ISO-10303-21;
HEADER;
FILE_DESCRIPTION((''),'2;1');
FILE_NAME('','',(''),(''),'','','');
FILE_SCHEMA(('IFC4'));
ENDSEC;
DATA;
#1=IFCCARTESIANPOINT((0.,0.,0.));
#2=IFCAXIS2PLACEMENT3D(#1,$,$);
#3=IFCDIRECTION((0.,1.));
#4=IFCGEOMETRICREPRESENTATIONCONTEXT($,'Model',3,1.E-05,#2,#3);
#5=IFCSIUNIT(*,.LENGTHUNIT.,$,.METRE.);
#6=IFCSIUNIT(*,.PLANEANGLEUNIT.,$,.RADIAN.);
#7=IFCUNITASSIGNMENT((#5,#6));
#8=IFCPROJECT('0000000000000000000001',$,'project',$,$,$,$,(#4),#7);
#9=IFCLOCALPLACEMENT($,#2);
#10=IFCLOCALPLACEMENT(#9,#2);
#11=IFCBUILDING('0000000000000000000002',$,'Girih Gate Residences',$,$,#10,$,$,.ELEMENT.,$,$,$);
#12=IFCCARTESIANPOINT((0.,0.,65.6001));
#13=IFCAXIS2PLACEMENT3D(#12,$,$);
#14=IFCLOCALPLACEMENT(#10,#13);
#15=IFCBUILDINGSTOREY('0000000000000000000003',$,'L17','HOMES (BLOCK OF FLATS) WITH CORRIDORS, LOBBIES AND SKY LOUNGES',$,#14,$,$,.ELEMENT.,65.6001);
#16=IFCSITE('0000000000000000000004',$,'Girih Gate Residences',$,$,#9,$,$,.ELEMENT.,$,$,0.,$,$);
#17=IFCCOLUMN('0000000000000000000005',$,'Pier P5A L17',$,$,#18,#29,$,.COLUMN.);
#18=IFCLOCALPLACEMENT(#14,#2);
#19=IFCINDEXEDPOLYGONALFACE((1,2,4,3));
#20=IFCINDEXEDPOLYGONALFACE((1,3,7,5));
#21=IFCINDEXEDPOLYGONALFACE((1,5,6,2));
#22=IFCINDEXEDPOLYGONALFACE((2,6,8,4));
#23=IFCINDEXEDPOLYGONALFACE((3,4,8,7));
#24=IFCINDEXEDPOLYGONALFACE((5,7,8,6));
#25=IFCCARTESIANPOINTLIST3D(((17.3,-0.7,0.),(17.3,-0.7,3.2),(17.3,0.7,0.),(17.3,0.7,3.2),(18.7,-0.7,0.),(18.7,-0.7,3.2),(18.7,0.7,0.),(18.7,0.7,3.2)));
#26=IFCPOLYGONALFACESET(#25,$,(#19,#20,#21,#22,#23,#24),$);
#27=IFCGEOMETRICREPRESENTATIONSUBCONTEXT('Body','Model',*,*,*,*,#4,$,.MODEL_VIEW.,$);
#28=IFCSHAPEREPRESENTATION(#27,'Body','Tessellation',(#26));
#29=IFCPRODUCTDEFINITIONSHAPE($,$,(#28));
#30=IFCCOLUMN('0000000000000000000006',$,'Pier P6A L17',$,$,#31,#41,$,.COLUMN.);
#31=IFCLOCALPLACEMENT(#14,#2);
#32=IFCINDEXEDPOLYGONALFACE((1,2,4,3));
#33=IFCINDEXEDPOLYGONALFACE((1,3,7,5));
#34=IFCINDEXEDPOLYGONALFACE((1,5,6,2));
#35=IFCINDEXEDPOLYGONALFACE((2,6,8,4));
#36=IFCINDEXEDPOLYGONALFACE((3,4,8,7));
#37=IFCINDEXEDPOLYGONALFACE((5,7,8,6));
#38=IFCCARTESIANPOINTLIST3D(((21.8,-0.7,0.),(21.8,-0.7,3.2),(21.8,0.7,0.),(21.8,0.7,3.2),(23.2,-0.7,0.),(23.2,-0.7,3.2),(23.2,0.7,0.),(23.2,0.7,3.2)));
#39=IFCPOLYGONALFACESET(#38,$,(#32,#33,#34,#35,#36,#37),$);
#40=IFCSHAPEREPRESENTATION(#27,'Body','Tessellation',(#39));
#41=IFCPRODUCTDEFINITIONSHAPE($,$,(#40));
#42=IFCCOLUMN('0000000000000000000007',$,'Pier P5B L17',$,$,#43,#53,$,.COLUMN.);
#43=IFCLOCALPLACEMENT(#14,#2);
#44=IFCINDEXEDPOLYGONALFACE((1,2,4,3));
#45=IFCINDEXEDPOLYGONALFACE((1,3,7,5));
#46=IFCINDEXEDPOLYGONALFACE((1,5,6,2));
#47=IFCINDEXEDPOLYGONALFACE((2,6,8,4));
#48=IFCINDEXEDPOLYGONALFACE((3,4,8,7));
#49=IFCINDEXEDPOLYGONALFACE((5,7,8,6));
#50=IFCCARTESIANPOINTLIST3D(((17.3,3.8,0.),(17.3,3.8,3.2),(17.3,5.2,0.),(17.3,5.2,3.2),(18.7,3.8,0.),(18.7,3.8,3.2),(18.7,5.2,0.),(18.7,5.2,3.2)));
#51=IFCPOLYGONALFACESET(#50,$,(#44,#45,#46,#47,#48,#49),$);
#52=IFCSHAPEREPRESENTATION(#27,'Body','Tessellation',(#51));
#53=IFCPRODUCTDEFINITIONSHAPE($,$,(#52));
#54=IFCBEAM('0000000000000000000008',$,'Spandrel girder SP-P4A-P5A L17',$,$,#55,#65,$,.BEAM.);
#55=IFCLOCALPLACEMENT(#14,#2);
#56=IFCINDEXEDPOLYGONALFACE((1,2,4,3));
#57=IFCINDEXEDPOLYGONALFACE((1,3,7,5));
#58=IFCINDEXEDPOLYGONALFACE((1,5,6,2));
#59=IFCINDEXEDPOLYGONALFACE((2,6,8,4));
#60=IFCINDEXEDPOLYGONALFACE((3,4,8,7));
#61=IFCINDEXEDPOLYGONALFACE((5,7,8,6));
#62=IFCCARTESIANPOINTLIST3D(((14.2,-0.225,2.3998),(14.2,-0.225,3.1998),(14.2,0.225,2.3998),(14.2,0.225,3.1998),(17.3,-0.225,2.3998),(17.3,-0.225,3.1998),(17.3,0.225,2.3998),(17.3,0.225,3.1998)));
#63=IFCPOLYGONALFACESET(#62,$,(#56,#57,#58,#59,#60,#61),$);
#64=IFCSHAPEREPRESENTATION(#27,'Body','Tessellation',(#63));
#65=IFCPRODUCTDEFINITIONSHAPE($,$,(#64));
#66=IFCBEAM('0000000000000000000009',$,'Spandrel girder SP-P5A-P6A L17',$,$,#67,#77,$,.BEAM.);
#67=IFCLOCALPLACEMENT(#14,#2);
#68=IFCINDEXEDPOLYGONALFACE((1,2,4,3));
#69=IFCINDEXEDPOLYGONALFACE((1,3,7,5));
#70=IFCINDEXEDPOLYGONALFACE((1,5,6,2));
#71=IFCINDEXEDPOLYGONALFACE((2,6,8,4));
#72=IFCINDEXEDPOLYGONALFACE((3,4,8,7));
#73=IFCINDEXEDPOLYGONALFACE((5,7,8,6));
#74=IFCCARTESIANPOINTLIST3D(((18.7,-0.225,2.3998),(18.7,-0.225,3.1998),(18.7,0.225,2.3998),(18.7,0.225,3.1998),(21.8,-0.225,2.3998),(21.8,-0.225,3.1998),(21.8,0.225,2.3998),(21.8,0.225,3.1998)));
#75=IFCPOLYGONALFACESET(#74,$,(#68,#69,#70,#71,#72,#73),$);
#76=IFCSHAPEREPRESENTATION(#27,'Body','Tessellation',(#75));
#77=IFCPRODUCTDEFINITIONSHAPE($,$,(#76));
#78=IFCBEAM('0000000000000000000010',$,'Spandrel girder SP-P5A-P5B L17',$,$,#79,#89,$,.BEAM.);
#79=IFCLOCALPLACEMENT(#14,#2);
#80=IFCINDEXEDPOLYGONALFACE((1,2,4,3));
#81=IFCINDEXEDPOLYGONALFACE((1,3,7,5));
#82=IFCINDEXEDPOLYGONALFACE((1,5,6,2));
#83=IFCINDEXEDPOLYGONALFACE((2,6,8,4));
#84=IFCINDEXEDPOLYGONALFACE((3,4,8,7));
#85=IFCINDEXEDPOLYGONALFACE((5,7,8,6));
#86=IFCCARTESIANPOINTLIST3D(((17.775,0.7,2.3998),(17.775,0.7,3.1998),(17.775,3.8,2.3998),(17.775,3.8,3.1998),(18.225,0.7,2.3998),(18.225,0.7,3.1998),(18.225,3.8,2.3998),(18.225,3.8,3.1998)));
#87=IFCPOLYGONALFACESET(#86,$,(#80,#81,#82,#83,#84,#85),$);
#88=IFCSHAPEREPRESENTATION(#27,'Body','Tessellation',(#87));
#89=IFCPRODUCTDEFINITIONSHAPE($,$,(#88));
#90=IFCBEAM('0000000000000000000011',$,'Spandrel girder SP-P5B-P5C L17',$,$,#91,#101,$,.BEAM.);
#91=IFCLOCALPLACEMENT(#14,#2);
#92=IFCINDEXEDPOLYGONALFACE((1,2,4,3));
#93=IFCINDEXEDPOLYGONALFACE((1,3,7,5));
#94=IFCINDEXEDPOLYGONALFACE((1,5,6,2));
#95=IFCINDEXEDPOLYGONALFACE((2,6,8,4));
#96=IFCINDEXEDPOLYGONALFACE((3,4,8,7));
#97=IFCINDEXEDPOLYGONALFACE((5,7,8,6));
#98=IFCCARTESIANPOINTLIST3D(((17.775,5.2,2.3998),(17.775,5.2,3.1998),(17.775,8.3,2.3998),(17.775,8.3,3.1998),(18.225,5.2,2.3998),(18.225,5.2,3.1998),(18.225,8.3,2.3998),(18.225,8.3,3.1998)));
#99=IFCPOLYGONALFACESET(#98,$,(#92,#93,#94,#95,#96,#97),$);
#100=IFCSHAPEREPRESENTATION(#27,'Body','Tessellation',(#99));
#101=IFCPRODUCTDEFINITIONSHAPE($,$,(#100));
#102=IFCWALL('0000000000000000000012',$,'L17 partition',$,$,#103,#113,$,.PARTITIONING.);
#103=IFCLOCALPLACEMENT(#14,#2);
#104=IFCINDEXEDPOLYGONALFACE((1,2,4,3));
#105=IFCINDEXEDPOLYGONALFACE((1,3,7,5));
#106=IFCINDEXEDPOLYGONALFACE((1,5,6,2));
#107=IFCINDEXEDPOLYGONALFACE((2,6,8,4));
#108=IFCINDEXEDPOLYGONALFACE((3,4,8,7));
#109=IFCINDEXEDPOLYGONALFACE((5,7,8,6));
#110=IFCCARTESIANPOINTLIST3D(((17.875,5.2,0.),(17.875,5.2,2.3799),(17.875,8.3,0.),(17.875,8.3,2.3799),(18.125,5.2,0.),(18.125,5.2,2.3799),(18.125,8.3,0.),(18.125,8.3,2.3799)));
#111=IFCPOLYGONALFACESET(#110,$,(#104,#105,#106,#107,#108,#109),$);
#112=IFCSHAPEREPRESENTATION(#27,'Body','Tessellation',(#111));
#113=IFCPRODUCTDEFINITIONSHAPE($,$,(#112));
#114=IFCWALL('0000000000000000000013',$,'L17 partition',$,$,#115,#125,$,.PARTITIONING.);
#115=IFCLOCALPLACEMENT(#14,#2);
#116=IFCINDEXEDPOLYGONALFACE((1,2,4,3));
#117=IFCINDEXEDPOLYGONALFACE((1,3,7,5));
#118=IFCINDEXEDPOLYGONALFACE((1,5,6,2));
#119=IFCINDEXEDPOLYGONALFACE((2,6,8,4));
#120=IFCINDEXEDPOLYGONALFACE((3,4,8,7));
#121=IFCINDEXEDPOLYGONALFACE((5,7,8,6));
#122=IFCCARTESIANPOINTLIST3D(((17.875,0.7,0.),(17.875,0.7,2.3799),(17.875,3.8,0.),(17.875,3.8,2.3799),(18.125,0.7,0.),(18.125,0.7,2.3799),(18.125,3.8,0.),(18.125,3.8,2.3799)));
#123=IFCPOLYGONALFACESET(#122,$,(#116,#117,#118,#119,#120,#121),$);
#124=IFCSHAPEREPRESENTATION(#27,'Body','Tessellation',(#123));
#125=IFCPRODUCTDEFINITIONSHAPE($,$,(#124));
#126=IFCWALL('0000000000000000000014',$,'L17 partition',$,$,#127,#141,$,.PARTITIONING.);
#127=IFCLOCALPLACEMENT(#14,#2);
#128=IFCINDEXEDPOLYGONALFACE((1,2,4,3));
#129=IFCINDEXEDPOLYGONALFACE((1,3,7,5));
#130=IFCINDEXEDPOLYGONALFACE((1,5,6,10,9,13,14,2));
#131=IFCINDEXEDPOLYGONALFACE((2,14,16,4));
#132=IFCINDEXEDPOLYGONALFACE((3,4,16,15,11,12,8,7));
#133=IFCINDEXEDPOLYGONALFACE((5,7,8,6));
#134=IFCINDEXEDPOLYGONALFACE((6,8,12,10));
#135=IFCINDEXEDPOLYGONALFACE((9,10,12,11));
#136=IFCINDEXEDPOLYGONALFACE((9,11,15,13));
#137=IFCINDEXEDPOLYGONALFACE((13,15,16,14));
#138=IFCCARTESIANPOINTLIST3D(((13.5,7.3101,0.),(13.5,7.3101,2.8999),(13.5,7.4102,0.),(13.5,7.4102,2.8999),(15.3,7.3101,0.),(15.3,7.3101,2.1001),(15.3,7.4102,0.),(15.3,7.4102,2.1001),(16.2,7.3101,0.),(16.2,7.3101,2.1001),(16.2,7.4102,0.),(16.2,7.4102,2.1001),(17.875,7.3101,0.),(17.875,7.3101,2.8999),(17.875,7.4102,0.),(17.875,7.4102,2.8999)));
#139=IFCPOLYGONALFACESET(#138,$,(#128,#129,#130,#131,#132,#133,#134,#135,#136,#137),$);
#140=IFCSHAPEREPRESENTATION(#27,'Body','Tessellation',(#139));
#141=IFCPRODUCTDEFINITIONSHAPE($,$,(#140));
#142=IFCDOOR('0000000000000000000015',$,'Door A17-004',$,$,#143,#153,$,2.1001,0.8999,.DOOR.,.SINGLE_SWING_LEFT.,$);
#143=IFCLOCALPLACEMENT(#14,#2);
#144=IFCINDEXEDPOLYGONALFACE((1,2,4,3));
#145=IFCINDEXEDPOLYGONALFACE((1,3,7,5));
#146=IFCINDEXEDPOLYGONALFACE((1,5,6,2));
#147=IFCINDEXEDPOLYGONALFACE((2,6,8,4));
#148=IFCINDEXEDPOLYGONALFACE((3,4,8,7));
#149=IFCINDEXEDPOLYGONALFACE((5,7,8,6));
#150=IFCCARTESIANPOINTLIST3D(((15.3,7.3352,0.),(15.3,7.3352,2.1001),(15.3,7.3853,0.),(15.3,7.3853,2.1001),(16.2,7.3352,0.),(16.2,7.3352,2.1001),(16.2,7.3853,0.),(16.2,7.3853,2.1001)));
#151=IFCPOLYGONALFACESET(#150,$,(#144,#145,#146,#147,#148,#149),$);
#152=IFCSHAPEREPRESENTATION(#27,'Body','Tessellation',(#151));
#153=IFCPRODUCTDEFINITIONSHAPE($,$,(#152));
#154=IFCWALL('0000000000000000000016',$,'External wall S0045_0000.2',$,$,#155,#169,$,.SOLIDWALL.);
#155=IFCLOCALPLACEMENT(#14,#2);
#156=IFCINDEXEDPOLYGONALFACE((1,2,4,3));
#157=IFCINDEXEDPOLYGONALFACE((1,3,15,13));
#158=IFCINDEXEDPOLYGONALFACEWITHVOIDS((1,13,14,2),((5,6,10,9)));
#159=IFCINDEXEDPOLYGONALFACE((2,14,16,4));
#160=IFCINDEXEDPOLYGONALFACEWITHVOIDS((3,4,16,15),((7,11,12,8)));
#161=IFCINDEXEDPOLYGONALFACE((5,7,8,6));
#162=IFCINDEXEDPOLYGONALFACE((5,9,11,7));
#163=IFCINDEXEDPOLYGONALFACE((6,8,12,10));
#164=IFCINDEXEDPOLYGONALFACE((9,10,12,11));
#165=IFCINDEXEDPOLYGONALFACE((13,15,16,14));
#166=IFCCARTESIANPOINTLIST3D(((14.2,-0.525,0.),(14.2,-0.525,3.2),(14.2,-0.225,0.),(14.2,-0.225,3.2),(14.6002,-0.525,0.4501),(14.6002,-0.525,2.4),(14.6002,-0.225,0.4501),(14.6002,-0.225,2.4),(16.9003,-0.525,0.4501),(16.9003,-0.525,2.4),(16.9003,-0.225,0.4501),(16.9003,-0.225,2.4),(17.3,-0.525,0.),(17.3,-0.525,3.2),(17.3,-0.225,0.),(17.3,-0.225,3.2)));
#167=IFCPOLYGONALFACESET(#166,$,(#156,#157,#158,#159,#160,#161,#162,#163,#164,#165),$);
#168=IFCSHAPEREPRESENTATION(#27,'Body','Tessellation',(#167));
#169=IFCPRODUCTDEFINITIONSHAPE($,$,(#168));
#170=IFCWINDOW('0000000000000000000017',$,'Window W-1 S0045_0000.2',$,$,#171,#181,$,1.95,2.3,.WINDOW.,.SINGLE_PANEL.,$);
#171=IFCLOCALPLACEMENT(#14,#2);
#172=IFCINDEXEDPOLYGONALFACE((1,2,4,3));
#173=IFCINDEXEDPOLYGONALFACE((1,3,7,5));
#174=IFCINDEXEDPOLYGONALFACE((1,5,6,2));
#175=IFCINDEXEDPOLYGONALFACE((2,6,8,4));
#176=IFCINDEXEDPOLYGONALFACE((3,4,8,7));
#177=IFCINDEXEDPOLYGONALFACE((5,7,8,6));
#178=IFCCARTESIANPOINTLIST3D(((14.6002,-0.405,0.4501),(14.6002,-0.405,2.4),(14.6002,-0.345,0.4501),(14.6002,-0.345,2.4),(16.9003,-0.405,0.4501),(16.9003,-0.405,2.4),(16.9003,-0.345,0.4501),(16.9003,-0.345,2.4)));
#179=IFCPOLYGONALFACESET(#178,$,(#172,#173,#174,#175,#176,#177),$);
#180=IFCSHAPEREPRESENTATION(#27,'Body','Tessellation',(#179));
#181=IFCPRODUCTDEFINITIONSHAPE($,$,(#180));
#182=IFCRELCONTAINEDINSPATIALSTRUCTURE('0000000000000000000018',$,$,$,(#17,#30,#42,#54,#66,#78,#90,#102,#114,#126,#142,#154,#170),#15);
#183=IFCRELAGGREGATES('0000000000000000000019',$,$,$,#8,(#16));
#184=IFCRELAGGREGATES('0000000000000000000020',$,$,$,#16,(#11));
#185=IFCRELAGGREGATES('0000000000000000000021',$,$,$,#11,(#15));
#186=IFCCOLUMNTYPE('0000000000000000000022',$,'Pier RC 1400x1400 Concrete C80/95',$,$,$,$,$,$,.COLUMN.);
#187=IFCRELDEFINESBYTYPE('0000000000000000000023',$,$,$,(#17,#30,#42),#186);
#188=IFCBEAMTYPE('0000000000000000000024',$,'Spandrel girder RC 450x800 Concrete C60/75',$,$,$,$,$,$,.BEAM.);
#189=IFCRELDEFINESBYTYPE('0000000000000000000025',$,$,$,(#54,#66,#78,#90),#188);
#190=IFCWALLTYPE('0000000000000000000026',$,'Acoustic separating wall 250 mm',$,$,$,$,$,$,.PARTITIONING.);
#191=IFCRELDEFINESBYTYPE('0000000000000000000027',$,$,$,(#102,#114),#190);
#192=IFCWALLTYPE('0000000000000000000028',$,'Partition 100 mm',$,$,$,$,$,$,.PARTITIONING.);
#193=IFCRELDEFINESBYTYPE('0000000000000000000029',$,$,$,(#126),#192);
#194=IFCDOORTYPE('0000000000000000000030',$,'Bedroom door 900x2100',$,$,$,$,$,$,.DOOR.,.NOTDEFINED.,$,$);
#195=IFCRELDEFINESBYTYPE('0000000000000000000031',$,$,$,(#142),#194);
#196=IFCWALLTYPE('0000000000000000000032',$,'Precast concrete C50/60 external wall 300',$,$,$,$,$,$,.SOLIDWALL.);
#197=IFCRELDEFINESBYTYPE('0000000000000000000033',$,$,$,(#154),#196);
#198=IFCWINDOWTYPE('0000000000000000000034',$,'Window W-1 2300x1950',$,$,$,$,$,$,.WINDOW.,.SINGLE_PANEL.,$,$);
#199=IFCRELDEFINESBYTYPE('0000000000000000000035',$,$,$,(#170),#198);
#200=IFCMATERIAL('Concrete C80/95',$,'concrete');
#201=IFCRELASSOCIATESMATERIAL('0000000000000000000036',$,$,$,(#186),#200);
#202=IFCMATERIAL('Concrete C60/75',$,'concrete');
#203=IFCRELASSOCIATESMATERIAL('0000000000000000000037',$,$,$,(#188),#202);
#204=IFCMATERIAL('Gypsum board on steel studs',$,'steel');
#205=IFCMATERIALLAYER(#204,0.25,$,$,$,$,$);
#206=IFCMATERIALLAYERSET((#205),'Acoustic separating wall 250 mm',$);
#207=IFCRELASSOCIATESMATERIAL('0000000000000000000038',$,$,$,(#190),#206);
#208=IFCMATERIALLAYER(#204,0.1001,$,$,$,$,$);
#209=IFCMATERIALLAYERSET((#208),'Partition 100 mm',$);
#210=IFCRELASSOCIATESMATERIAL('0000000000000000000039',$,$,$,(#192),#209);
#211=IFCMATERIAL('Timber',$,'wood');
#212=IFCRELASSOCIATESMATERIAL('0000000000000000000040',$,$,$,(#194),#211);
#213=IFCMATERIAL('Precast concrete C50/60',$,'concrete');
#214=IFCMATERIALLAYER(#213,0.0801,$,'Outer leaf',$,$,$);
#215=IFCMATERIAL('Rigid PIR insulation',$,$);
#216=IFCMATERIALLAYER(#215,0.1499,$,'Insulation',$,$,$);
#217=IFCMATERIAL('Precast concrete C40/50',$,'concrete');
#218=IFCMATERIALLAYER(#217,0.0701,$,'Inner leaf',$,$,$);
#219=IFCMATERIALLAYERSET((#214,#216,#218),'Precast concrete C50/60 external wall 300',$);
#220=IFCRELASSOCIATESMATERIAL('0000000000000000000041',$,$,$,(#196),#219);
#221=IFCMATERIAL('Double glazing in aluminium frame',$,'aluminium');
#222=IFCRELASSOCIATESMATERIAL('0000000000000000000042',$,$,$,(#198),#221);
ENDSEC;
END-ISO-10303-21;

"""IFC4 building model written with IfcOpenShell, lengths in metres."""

from ifc_helpers import new_model, si_unit, direction, frame, frame_2d, origin, origin_2d, place, context, subcontext, project, spatial, rectangle, extrude, material, layer, layer_set, material_profile, profile_set, type_object, element, fill, save


model = new_model("IFC4")

# Units and contexts
model_context = context("Model", 3, precision=1e-05, world=origin(), true_north=direction((0.0, 1.0)))
body_context = subcontext(model_context, "Body", "Model", "MODEL_VIEW")
ifc_project = project(units=[si_unit("LENGTHUNIT", "METRE"), si_unit("PLANEANGLEUNIT", "RADIAN")], contexts=[model_context])

# Site, building, storey
site_placement = place(None, origin())
site = spatial("IfcSite", under=ifc_project, at=site_placement, Name="Girih Gate Residences", CompositionType="ELEMENT", RefElevation=0.0)
building_placement = place(site_placement, origin())
building = spatial("IfcBuilding", under=site, at=building_placement, Name="Girih Gate Residences", CompositionType="ELEMENT")
storey_placement = place(building_placement, frame((0.0, 0.0, 65.6001)))
storey = spatial("IfcBuildingStorey", under=building, at=storey_placement, Name="L17", Description="HOMES (BLOCK OF FLATS) WITH CORRIDORS, LOBBIES AND SKY LOUNGES", CompositionType="ELEMENT", Elevation=65.6001)

# Columns
ifc_material_1 = material(Name="Concrete C80/95", Category="concrete")
ifc_material_profile_1 = material_profile(ifc_material_1, rectangle(XDim=1.3999, YDim=1.3999, at=origin_2d()))
ifc_profile_set_1 = profile_set([ifc_material_profile_1], Name="Concrete C80/95")
column_type = type_object("IfcColumnType", Name="Pier RC 1400x1400 Concrete C80/95", PredefinedType="COLUMN", material=ifc_profile_set_1)
for number, where, z_axis, x_axis, name in (
    (1, (18.0, 0.0, 0.0), (0.0, 0.0, 1.0), (1.0, 0.0, 0.0), "Pier P5A L17"),
    (2, (22.5, 0.0, 0.0), (0.0, 0.0, 1.0), (1.0, 0.0, 0.0), "Pier P6A L17"),
    (3, (18.0, 4.5, 0.0), (0.0, 0.0, 1.0), (1.0, 0.0, 0.0), "Pier P5B L17"),
):
    element("IfcColumn", number, at=place(storey_placement, frame(where, z_axis=z_axis, x_axis=x_axis)), inside=storey, type_object=column_type, Name=name, PredefinedType="COLUMN", context=body_context, shape_type="SweptSolid", body=[
        extrude(rectangle(XDim=1.3999, YDim=1.3999, at=origin_2d()), origin(), (0.0, 0.0, 1.0), 3.2),
    ])

# Beams
ifc_material_2 = material(Name="Concrete C60/75", Category="concrete")
ifc_material_profile_2 = material_profile(ifc_material_2, rectangle(XDim=0.45, YDim=0.8, at=origin_2d()))
ifc_profile_set_2 = profile_set([ifc_material_profile_2], Name="Concrete C60/75")
beam_type = type_object("IfcBeamType", Name="Spandrel girder RC 450x800 Concrete C60/75", PredefinedType="BEAM", material=ifc_profile_set_2)
for number, where, z_axis, x_axis, name in (
    (4, (14.2, 0.0, 2.7998), (1.0, 0.0, 0.0), (0.0, 1.0, 0.0), "Spandrel girder SP-P4A-P5A L17"),
    (5, (18.7, 0.0, 2.7998), (1.0, 0.0, 0.0), (0.0, 1.0, 0.0), "Spandrel girder SP-P5A-P6A L17"),
    (6, (18.0, 0.7, 2.7998), (0.0, 1.0, 0.0), (-1.0, 0.0, 0.0), "Spandrel girder SP-P5A-P5B L17"),
    (7, (18.0, 5.2, 2.7998), (0.0, 1.0, 0.0), (-1.0, 0.0, 0.0), "Spandrel girder SP-P5B-P5C L17"),
):
    element("IfcBeam", number, at=place(storey_placement, frame(where, z_axis=z_axis, x_axis=x_axis)), inside=storey, type_object=beam_type, Name=name, PredefinedType="BEAM", context=body_context, shape_type="SweptSolid", body=[
        extrude(rectangle(XDim=0.45, YDim=0.8, at=origin_2d()), origin(), (0.0, 0.0, 1.0), 3.1001),
    ])

# Walls
ifc_material_3 = material(Name="Gypsum board on steel studs", Category="steel")
ifc_layer_1 = layer(ifc_material_3, 0.25)
ifc_layer_set_1 = layer_set([ifc_layer_1], Name="Acoustic separating wall 250 mm")
wall_type_1 = type_object("IfcWallType", Name="Acoustic separating wall 250 mm", PredefinedType="PARTITIONING", material=ifc_layer_set_1)
for number, where, z_axis, x_axis, name in (
    (8, (18.0, 5.2, 0.0), (0.0, 0.0, 1.0), (0.0, 1.0, 0.0), "L17 partition"),
    (9, (18.0, 0.7, 0.0), (0.0, 0.0, 1.0), (0.0, 1.0, 0.0), "L17 partition"),
):
    element("IfcWall", number, at=place(storey_placement, frame(where, z_axis=z_axis, x_axis=x_axis)), inside=storey, type_object=wall_type_1, Name=name, PredefinedType="PARTITIONING", context=body_context, shape_type="SweptSolid", body=[
        extrude(rectangle(XDim=3.1001, YDim=0.25, at=frame_2d((1.55, 0.0))), origin(), (0.0, 0.0, 1.0), 2.3799),
    ])

# Wall, opening, door
ifc_layer_2 = layer(ifc_material_3, 0.1001)
ifc_layer_set_2 = layer_set([ifc_layer_2], Name="Partition 100 mm")
wall_type_2 = type_object("IfcWallType", Name="Partition 100 mm", PredefinedType="PARTITIONING", material=ifc_layer_set_2)
wall_1_placement = place(storey_placement, frame((17.875, 7.3601, 0.0), z_axis=(0.0, 0.0, 1.0), x_axis=(-1.0, 0.0, 0.0)))
wall_1 = element("IfcWall", 10, at=wall_1_placement, inside=storey, type_object=wall_type_2, Name="L17 partition", PredefinedType="PARTITIONING", context=body_context, shape_type="SweptSolid", body=[
    extrude(rectangle(XDim=4.375, YDim=0.1001, at=frame_2d((2.1875, 0.0))), origin(), (0.0, 0.0, 1.0), 2.8999),
])
opening_1_placement = place(wall_1_placement, frame((1.675, 0.0, 0.0)))
opening_1 = element("IfcOpeningElement", 11, at=opening_1_placement, cuts=wall_1, PredefinedType="OPENING", context=body_context, shape_type="SweptSolid", body=[
    extrude(rectangle(XDim=0.8999, YDim=2.1001, at=frame_2d((0.45, 1.05))), frame((0.0, 0.0601, 0.0), z_axis=(0.0, -1.0, 0.0), x_axis=(1.0, 0.0, 0.0)), (0.0, 0.0, 1.0), 0.1201),
])
ifc_material_4 = material(Name="Timber", Category="wood")
door_type = type_object("IfcDoorType", Name="Bedroom door 900x2100", OperationType="NOTDEFINED", PredefinedType="DOOR", material=ifc_material_4)
door_placement = place(opening_1_placement, origin())
door = element("IfcDoor", 12, at=door_placement, inside=storey, type_object=door_type, Name="Door A17-004", OperationType="SINGLE_SWING_LEFT", OverallHeight=2.1001, OverallWidth=0.8999, PredefinedType="DOOR", context=body_context, shape_type="SweptSolid", body=[
    extrude(rectangle(XDim=0.8999, YDim=2.1001, at=frame_2d((0.45, 1.05))), frame((0.0, 0.0249, 0.0), z_axis=(0.0, -1.0, 0.0), x_axis=(1.0, 0.0, 0.0)), (0.0, 0.0, 1.0), 0.05),
])
fill(opening_1, door)

# Wall, opening, window
ifc_material_5 = material(Name="Precast concrete C50/60", Category="concrete")
ifc_layer_3 = layer(ifc_material_5, 0.0801, Name="Outer leaf")
ifc_material_6 = material(Name="Rigid PIR insulation")
ifc_layer_4 = layer(ifc_material_6, 0.1499, Name="Insulation")
ifc_material_7 = material(Name="Precast concrete C40/50", Category="concrete")
ifc_layer_5 = layer(ifc_material_7, 0.0701, Name="Inner leaf")
ifc_layer_set_3 = layer_set([ifc_layer_3, ifc_layer_4, ifc_layer_5], Name="Precast concrete C50/60 external wall 300")
wall_type_3 = type_object("IfcWallType", Name="Precast concrete C50/60 external wall 300", PredefinedType="SOLIDWALL", material=ifc_layer_set_3)
wall_2_placement = place(storey_placement, frame((17.3, -0.375, 0.0), z_axis=(0.0, 0.0, 1.0), x_axis=(-1.0, 0.0, 0.0)))
wall_2 = element("IfcWall", 13, at=wall_2_placement, inside=storey, type_object=wall_type_3, Name="External wall S0045_0000.2", PredefinedType="SOLIDWALL", context=body_context, shape_type="SweptSolid", body=[
    extrude(rectangle(XDim=3.1001, YDim=0.3, at=frame_2d((1.55, 0.0))), origin(), (0.0, 0.0, 1.0), 3.2),
])
opening_2_placement = place(wall_2_placement, frame((0.3999, 0.0, 0.45)))
opening_2 = element("IfcOpeningElement", 14, at=opening_2_placement, cuts=wall_2, PredefinedType="OPENING", context=body_context, shape_type="SweptSolid", body=[
    extrude(rectangle(XDim=2.3, YDim=1.95, at=frame_2d((1.1499, 0.9751))), frame((0.0, 0.1599, 0.0), z_axis=(0.0, -1.0, 0.0), x_axis=(1.0, 0.0, 0.0)), (0.0, 0.0, 1.0), 0.3201),
])
ifc_material_8 = material(Name="Double glazing in aluminium frame", Category="aluminium")
window_type = type_object("IfcWindowType", Name="Window W-1 2300x1950", PartitioningType="SINGLE_PANEL", PredefinedType="WINDOW", material=ifc_material_8)
window_1_placement = place(opening_2_placement, origin())
window_1 = element("IfcWindow", 15, at=window_1_placement, inside=storey, type_object=window_type, Name="Window W-1 S0045_0000.2", OverallHeight=1.95, OverallWidth=2.3, PartitioningType="SINGLE_PANEL", PredefinedType="WINDOW", context=body_context, shape_type="SweptSolid", body=[
    extrude(rectangle(XDim=2.3, YDim=1.95, at=frame_2d((1.1499, 0.9751))), frame((0.0, 0.03, 0.0), z_axis=(0.0, -1.0, 0.0), x_axis=(1.0, 0.0, 0.0)), (0.0, 0.0, 1.0), 0.0601),
])
fill(opening_2, window_1)

save(model, "model.ifc")
